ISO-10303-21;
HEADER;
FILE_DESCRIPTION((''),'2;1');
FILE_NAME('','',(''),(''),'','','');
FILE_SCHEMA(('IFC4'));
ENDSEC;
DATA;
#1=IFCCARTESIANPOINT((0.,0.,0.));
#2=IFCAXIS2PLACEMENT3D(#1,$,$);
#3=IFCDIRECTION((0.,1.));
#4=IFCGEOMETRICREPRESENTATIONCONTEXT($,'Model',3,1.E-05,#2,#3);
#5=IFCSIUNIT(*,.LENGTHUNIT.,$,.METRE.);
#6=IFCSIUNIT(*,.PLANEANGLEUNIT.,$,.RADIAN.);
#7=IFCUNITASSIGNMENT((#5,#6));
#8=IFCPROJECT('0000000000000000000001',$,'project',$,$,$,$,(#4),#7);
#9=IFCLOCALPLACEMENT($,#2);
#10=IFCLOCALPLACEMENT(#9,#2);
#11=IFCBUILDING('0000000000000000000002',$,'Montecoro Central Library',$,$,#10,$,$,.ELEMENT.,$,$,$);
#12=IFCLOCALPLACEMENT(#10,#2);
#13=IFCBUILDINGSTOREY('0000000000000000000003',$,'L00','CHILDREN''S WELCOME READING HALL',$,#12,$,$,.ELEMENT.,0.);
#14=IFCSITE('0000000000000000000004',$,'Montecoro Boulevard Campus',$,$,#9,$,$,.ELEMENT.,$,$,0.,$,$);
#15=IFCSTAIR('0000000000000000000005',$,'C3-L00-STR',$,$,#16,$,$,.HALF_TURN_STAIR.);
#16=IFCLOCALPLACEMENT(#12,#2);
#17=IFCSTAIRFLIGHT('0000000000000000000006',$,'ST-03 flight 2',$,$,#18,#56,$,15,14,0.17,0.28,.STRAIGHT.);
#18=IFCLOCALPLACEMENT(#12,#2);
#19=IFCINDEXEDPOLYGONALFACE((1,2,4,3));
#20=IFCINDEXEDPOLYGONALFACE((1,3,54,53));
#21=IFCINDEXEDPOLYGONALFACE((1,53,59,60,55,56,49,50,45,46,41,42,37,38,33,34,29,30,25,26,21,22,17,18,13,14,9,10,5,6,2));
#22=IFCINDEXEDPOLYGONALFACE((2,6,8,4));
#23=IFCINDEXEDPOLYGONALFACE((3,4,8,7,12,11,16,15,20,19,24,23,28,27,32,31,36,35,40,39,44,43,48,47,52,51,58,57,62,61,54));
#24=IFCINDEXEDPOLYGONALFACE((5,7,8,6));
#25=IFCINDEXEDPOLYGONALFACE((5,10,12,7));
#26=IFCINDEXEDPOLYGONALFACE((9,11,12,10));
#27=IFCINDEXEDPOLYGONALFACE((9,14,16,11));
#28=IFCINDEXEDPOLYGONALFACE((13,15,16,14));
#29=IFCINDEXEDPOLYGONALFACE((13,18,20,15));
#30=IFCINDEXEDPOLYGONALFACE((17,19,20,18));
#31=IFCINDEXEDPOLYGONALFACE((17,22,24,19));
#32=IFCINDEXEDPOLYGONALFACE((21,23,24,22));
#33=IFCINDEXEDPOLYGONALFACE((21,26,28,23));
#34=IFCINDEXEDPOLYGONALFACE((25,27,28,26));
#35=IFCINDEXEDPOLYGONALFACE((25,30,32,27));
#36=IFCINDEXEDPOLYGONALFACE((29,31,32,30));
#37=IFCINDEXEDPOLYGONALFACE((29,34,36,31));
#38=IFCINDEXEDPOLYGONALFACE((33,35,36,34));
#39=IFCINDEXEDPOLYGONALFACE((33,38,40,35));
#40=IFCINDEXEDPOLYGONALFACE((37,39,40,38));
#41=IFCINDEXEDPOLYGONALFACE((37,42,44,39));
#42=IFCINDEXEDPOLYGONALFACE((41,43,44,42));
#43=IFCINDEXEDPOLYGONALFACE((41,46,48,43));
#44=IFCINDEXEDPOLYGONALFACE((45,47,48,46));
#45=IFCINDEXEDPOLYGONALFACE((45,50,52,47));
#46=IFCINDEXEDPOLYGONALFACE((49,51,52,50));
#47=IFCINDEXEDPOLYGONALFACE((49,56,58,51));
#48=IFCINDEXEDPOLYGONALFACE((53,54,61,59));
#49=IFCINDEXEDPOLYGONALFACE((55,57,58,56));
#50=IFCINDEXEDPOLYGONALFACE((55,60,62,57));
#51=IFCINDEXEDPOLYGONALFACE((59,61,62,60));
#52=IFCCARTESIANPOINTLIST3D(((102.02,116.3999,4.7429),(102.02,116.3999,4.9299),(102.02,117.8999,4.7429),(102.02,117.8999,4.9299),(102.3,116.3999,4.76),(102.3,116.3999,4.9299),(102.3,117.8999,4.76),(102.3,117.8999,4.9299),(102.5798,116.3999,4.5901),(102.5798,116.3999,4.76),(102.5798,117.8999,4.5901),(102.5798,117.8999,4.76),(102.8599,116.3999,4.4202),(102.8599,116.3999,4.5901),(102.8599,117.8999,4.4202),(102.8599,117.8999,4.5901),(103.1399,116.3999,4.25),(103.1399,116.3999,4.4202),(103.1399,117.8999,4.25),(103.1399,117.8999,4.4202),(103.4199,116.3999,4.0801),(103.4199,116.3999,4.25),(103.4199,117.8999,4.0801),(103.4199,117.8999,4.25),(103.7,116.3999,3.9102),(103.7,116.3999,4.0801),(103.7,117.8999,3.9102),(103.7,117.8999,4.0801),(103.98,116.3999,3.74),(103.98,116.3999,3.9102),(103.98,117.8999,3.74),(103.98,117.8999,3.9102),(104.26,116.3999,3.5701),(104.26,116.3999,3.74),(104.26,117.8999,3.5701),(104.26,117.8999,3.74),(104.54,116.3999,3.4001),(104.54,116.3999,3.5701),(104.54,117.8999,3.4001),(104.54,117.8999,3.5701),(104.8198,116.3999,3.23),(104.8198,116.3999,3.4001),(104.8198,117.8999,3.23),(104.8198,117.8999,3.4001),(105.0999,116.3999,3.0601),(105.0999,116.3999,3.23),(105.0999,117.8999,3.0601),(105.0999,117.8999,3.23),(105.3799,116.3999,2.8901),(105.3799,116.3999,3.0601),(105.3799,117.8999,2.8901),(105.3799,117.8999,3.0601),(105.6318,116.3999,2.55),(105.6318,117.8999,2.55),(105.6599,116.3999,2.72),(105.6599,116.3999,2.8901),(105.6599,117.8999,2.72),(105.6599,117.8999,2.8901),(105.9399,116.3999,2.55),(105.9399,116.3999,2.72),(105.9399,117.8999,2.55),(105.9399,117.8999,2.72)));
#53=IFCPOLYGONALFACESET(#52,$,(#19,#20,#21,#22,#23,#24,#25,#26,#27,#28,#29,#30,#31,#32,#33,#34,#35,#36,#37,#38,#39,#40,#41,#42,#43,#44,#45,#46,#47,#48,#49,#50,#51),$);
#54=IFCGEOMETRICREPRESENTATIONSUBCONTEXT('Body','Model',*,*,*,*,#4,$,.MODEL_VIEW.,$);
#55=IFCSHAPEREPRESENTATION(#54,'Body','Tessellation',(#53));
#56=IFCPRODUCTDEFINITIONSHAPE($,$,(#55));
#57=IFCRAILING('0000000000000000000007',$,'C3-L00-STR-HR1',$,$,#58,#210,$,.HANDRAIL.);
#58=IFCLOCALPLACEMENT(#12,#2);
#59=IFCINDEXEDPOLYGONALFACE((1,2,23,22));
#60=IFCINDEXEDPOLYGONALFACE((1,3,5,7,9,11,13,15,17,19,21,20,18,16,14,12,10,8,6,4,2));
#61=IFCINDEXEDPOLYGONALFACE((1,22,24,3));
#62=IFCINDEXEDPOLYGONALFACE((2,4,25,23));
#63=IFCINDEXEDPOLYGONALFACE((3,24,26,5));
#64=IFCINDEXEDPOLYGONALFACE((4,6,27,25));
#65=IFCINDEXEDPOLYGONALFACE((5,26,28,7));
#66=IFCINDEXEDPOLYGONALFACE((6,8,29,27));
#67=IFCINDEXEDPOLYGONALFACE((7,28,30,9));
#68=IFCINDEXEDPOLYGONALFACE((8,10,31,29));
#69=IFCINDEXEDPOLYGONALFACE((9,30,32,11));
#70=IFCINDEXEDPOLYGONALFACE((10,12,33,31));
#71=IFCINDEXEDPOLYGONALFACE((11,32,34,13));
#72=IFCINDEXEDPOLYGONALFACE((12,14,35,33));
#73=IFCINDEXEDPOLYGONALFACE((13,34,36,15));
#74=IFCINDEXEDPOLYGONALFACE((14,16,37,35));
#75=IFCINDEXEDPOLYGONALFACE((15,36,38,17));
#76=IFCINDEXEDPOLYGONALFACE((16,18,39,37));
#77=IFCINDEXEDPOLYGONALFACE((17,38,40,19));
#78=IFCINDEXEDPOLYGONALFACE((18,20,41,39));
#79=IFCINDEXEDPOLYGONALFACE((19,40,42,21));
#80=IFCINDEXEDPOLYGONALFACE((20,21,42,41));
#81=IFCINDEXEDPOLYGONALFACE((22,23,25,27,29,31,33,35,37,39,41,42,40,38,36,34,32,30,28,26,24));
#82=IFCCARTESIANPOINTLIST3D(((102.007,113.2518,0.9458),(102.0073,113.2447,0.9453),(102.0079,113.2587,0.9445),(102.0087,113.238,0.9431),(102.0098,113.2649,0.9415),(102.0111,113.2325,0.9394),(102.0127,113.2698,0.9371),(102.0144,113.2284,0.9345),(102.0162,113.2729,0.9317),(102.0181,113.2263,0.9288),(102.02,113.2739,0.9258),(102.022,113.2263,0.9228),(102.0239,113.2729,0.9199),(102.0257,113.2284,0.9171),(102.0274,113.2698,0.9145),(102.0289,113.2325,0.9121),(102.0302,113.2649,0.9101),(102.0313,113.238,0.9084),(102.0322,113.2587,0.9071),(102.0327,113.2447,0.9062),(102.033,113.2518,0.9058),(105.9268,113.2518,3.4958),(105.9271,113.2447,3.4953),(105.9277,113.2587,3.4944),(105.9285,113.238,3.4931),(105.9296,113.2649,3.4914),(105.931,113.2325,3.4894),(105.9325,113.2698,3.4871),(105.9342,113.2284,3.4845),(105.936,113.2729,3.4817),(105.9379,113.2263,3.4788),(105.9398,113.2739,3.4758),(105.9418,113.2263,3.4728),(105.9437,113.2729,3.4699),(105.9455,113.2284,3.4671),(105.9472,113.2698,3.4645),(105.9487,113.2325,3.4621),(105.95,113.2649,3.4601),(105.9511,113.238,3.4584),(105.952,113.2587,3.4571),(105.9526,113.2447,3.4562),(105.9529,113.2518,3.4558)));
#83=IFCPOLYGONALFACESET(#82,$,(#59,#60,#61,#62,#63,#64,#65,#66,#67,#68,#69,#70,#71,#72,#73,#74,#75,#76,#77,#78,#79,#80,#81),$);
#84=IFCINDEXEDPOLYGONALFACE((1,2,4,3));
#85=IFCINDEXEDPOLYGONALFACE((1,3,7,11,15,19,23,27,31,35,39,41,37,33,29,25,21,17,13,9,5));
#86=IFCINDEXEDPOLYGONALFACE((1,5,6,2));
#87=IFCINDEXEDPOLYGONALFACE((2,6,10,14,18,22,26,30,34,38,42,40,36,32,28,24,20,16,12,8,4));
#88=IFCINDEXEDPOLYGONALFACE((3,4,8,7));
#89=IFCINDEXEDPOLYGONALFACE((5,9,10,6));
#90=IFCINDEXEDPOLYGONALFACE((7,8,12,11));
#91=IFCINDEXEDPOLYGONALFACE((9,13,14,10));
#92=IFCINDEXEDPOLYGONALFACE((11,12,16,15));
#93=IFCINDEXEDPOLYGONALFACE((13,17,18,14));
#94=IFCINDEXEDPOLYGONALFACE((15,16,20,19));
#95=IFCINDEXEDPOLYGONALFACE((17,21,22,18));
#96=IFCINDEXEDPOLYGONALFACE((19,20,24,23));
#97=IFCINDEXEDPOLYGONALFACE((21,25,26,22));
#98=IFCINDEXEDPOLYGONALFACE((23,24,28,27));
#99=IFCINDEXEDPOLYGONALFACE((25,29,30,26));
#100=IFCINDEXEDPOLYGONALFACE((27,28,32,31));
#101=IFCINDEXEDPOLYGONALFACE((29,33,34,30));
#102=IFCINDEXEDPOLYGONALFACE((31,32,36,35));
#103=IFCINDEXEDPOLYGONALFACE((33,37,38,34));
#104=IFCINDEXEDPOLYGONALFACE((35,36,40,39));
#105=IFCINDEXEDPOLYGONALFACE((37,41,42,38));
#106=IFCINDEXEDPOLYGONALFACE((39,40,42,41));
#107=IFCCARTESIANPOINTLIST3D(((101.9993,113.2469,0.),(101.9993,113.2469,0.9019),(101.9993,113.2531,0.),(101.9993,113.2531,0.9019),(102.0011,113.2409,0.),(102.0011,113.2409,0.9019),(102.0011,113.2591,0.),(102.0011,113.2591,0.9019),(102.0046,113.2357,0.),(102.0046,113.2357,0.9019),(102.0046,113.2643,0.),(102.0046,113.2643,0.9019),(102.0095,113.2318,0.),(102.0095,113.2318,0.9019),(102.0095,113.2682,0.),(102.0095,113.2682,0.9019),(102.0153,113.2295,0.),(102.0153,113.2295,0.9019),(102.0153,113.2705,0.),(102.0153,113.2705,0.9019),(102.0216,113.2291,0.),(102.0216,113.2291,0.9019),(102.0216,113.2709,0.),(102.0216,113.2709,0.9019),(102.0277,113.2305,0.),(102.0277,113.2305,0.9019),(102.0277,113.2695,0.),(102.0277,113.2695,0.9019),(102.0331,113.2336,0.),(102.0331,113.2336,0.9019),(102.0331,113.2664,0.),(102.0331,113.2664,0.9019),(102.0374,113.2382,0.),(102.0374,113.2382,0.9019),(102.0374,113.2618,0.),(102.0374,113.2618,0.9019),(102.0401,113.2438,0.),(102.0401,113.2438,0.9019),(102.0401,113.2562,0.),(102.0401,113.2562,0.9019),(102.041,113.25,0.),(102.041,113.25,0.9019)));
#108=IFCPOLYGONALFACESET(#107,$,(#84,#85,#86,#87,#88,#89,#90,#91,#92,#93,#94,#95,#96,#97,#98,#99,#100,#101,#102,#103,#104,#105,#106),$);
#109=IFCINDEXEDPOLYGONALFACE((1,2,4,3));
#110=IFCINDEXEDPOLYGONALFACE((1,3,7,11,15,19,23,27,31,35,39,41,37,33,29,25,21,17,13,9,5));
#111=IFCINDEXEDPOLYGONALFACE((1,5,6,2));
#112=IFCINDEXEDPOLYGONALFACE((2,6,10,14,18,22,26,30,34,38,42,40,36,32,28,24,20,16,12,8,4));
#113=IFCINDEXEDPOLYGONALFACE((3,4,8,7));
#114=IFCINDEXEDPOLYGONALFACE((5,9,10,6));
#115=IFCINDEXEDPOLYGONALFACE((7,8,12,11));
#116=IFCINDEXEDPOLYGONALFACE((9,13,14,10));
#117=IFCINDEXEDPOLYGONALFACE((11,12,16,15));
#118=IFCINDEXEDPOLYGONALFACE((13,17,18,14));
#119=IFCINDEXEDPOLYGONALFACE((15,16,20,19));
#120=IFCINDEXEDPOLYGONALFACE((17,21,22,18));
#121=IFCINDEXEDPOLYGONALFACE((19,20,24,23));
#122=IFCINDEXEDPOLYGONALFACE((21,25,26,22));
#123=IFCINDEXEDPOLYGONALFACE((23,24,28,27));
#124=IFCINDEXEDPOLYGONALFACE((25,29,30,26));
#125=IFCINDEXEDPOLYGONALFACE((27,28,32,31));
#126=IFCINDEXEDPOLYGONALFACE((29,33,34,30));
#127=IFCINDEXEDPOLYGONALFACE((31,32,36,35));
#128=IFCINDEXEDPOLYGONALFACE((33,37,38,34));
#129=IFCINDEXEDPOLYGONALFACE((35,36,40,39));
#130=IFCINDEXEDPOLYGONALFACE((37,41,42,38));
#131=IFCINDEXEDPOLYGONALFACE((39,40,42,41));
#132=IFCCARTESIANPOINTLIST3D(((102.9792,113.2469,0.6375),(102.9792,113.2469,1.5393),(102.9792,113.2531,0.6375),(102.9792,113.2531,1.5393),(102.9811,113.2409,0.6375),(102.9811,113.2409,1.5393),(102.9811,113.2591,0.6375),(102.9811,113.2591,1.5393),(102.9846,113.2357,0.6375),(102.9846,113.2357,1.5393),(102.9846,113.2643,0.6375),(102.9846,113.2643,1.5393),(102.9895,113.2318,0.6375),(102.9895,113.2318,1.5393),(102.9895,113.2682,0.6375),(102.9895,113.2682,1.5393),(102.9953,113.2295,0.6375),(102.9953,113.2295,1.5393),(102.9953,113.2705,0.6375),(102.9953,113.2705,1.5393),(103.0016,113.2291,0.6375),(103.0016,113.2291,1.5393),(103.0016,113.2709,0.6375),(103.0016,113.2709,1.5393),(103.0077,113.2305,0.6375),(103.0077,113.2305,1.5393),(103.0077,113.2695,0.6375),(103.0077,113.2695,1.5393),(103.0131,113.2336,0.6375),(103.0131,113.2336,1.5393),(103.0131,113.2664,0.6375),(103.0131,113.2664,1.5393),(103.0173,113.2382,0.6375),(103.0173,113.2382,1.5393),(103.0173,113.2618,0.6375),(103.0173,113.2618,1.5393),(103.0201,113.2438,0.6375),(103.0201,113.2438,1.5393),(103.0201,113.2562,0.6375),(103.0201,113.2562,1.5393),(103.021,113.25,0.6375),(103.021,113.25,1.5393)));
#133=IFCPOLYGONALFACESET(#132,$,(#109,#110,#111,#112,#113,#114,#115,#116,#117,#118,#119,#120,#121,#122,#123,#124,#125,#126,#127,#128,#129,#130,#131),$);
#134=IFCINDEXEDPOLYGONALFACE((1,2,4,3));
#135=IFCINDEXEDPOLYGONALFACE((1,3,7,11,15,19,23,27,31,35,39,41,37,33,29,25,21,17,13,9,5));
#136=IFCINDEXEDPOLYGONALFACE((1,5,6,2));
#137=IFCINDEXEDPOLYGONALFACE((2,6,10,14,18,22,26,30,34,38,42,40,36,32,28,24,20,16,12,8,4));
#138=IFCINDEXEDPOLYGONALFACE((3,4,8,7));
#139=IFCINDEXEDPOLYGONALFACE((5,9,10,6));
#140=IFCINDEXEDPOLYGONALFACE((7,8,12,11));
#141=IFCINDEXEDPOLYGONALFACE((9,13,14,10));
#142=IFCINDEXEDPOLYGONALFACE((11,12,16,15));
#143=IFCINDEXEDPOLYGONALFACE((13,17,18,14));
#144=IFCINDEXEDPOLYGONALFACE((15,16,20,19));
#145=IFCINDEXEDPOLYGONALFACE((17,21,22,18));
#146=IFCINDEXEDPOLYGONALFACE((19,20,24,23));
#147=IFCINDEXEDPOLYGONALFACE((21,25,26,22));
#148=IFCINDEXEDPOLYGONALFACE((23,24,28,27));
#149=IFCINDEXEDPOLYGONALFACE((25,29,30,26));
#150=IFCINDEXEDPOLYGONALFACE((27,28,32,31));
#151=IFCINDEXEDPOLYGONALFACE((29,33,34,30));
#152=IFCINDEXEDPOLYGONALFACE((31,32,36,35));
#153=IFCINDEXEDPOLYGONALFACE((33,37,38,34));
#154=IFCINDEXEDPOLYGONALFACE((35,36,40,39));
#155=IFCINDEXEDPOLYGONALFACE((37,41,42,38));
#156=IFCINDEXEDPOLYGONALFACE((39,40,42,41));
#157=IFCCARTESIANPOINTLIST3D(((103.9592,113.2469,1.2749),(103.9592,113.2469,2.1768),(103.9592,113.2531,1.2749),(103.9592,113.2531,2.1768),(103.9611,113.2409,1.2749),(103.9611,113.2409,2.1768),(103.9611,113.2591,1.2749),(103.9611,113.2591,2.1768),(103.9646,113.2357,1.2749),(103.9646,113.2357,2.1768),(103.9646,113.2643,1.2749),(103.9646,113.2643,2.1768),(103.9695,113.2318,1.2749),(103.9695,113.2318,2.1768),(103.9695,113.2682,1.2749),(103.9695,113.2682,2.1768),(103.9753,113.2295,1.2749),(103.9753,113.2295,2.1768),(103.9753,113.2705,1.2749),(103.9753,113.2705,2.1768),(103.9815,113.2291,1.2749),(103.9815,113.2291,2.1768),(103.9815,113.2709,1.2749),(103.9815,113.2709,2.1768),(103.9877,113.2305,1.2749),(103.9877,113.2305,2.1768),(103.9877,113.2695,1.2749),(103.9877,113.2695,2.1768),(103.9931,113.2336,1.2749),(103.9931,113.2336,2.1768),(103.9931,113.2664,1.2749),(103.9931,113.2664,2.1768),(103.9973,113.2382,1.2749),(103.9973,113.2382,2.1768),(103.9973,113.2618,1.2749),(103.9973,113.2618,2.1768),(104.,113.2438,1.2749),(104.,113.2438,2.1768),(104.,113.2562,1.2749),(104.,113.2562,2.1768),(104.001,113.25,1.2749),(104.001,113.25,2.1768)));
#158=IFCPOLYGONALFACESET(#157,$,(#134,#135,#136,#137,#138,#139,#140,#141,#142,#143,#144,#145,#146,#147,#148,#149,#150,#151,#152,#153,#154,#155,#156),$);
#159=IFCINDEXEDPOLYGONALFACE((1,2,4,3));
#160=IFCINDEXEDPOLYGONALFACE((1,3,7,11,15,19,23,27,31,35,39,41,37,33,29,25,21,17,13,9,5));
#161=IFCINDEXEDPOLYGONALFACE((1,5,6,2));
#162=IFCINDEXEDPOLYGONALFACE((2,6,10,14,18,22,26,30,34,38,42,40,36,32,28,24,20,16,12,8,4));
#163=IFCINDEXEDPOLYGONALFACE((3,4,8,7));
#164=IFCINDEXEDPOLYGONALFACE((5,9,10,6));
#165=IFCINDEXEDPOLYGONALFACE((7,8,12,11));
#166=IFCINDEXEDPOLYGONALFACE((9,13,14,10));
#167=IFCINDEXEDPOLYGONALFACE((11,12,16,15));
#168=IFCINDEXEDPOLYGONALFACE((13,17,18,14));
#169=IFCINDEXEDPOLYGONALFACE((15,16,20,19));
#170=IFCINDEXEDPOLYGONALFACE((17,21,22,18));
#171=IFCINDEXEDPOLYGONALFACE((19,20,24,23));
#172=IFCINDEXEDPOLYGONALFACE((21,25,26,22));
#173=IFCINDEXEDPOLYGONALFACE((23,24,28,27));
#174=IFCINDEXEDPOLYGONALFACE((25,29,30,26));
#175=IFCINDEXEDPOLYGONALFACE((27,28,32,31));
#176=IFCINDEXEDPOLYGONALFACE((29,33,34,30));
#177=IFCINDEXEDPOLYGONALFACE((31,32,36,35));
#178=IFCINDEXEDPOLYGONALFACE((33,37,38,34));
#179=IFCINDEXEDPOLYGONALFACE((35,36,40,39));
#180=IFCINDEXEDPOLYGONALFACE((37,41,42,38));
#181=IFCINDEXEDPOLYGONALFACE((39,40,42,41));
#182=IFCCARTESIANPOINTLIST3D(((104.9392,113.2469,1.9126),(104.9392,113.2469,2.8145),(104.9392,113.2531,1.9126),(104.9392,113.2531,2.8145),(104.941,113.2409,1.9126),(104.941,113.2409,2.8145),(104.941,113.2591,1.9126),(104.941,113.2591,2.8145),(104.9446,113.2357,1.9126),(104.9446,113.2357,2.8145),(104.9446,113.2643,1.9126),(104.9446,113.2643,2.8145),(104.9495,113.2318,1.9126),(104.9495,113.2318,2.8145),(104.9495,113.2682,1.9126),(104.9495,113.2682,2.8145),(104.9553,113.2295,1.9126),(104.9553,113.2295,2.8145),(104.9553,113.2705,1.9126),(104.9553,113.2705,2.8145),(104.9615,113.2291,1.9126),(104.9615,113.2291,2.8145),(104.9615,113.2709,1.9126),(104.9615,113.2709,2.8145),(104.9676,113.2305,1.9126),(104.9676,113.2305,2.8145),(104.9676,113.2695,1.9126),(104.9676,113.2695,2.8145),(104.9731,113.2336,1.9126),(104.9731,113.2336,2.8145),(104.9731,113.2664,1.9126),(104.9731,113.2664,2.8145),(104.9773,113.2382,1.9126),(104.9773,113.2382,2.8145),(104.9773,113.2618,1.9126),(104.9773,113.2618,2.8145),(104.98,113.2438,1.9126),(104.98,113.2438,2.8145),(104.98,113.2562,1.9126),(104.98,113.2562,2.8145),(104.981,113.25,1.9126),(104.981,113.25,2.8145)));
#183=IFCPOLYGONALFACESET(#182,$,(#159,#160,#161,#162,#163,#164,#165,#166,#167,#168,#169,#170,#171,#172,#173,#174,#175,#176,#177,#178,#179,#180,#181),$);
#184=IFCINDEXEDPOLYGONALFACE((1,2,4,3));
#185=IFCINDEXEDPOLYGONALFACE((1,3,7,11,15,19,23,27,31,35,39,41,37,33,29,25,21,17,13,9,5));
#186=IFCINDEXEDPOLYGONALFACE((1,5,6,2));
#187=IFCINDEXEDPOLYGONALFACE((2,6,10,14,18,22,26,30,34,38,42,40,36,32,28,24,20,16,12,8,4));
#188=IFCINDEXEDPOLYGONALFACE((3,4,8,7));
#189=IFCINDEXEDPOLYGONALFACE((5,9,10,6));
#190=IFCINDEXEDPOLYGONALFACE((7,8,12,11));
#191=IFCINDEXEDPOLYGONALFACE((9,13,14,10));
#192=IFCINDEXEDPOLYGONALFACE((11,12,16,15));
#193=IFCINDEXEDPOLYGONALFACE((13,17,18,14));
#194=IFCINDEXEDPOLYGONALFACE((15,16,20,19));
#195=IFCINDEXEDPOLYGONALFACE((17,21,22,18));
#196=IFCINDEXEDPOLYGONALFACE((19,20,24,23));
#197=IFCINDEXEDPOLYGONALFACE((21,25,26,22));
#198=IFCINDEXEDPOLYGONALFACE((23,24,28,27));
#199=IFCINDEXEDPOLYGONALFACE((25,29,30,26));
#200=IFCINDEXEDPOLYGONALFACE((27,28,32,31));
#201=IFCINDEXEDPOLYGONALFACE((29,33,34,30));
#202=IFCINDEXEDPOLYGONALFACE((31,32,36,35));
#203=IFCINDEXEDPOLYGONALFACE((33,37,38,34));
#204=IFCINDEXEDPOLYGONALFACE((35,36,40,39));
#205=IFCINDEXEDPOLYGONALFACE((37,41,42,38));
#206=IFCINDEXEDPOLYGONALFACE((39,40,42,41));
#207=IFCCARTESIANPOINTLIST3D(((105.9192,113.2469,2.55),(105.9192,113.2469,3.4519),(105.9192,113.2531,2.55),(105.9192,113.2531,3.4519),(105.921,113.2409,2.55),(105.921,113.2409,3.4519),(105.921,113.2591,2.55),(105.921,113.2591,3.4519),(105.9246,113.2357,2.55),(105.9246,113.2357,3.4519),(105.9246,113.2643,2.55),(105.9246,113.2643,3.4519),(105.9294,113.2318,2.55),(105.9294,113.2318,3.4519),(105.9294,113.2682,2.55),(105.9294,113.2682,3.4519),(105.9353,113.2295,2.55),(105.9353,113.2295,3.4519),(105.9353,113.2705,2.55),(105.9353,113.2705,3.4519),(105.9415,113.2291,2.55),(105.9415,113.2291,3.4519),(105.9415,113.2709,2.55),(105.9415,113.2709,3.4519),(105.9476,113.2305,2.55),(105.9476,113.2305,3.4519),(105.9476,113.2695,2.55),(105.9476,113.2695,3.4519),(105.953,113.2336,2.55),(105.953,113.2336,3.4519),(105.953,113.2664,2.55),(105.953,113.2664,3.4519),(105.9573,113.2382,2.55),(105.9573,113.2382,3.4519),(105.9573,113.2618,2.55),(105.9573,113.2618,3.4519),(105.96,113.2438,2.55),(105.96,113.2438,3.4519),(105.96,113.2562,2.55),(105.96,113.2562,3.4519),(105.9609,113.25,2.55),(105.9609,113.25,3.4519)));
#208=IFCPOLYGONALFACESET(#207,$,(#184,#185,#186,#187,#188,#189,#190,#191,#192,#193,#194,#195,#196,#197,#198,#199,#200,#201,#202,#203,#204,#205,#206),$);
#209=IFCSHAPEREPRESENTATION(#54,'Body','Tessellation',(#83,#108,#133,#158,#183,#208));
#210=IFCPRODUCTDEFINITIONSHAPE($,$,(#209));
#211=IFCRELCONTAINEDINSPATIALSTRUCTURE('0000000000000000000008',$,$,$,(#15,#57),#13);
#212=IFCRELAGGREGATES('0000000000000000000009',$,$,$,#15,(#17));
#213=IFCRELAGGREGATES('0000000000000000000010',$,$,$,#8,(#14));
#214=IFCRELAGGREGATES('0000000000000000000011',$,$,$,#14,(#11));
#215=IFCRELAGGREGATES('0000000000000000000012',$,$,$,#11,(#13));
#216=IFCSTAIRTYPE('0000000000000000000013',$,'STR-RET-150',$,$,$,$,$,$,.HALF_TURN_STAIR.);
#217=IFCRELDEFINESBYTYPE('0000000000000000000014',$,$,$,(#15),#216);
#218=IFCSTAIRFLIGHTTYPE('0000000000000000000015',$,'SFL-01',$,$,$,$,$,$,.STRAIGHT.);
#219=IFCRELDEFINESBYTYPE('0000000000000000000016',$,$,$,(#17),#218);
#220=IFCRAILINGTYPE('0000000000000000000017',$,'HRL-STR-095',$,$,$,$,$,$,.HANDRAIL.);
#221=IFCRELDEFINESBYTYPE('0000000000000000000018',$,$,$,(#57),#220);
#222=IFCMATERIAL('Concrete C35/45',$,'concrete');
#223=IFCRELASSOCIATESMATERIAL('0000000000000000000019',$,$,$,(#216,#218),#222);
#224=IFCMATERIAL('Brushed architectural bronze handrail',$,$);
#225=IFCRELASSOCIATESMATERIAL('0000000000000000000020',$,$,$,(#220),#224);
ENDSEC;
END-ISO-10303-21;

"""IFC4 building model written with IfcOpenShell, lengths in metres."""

from ifc_helpers import new_model, si_unit, direction, frame, origin, origin_2d, place, context, subcontext, project, spatial, polyline, circle, outline, extrude, material, type_object, element, aggregate, save


model = new_model("IFC4")

# Units and contexts
model_context = context("Model", 3, precision=1e-05, world=origin(), true_north=direction((0.0, 1.0)))
body_context = subcontext(model_context, "Body", "Model", "MODEL_VIEW")
ifc_project = project(units=[si_unit("LENGTHUNIT", "METRE"), si_unit("PLANEANGLEUNIT", "RADIAN")], contexts=[model_context])

# Site, building, storey
site_placement = place(None, origin())
site = spatial("IfcSite", under=ifc_project, at=site_placement, Name="Montecoro Boulevard Campus", CompositionType="ELEMENT", RefElevation=0.0)
building_placement = place(site_placement, origin())
building = spatial("IfcBuilding", under=site, at=building_placement, Name="Montecoro Central Library", CompositionType="ELEMENT")
storey_placement = place(building_placement, origin())
storey = spatial("IfcBuildingStorey", under=building, at=storey_placement, Name="L00", Description="CHILDREN'S WELCOME READING HALL", CompositionType="ELEMENT", Elevation=0.0)

# Shared definitions
ifc_material_1 = material(Name="Concrete C35/45", Category="concrete")

# Stair, stair flight
stair_type = type_object("IfcStairType", Name="STR-RET-150", PredefinedType="HALF_TURN_STAIR", material=ifc_material_1)
stair_placement = place(storey_placement, origin())
stair = element("IfcStair", 1, at=stair_placement, inside=storey, type_object=stair_type, Name="C3-L00-STR", PredefinedType="HALF_TURN_STAIR")
stair_flight_type = type_object("IfcStairFlightType", Name="SFL-01", PredefinedType="STRAIGHT", material=ifc_material_1)
stair_flight_1_placement = place(storey_placement, frame((105.9399, 117.1499, 2.55), z_axis=(0.0, 0.0, 1.0), x_axis=(-1.0, 0.0, 0.0)))
stair_flight_1 = element("IfcStairFlight", 2, at=stair_flight_1_placement, type_object=stair_flight_type, Name="ST-03 flight 2", NumberOfRisers=15, NumberOfTreads=14, PredefinedType="STRAIGHT", RiserHeight=0.17, TreadLength=0.28, context=body_context, shape_type="SweptSolid", body=[
    extrude(outline(polyline([(0.0, 0.0), (0.0, 0.1699), (0.28, 0.1699), (0.28, 0.3401), (0.5601, 0.3401), (0.5601, 0.51), (0.8401, 0.51), (0.8401, 0.6799), (1.1201, 0.6799), (1.1201, 0.8501), (1.3999, 0.8501), (1.3999, 1.02), (1.6799, 1.02), (1.6799, 1.1899), (1.96, 1.1899), (1.96, 1.3601), (2.24, 1.3601), (2.24, 1.53), (2.52, 1.53), (2.52, 1.7), (2.8, 1.7), (2.8, 1.8701), (3.0801, 1.8701), (3.0801, 2.04), (3.3601, 2.04), (3.3601, 2.21), (3.6399, 2.21), (3.6399, 2.3799), (3.9199, 2.3799), (3.9199, 2.55), (3.9199, 2.1929), (0.3081, 0.0), (0.0, 0.0)])), frame((0.0, 0.75, 0.0), z_axis=(0.0, -1.0, 0.0), x_axis=(1.0, 0.0, 0.0)), (0.0, 0.0, 1.0), 1.5),
])
aggregate(stair, [stair_flight_1])

# Railing
ifc_material_2 = material(Name="Brushed architectural bronze handrail")
railing_type_1 = type_object("IfcRailingType", Name="HRL-STR-095", PredefinedType="HANDRAIL", material=ifc_material_2)
railing_1_placement = place(storey_placement, frame((102.02, 113.25, 0.0)))
element("IfcRailing", 3, at=railing_1_placement, inside=storey, type_object=railing_type_1, Name="C3-L00-STR-HR1", PredefinedType="HANDRAIL", context=body_context, shape_type="SweptSolid", body=[
    extrude(circle(Radius=0.0239, at=origin_2d()), frame((0.0, 0.0, 0.9258), z_axis=(0.838238, 0.0, 0.545304), x_axis=(0.0, 1.0, 0.0)), (0.0, 0.0, 1.0), 4.6763),
    extrude(circle(Radius=0.021, at=origin_2d()), origin(), (0.0, 0.0, 1.0), 0.9019),
    extrude(circle(Radius=0.021, at=origin_2d()), frame((0.98, 0.0, 0.6375)), (0.0, 0.0, 1.0), 0.9019),
    extrude(circle(Radius=0.021, at=origin_2d()), frame((1.96, 0.0, 1.2749)), (0.0, 0.0, 1.0), 0.9019),
    extrude(circle(Radius=0.021, at=origin_2d()), frame((2.9399, 0.0, 1.9126)), (0.0, 0.0, 1.0), 0.9019),
    extrude(circle(Radius=0.021, at=origin_2d()), frame((3.9199, 0.0, 2.55)), (0.0, 0.0, 1.0), 0.9019),
])

save(model, "model.ifc")
